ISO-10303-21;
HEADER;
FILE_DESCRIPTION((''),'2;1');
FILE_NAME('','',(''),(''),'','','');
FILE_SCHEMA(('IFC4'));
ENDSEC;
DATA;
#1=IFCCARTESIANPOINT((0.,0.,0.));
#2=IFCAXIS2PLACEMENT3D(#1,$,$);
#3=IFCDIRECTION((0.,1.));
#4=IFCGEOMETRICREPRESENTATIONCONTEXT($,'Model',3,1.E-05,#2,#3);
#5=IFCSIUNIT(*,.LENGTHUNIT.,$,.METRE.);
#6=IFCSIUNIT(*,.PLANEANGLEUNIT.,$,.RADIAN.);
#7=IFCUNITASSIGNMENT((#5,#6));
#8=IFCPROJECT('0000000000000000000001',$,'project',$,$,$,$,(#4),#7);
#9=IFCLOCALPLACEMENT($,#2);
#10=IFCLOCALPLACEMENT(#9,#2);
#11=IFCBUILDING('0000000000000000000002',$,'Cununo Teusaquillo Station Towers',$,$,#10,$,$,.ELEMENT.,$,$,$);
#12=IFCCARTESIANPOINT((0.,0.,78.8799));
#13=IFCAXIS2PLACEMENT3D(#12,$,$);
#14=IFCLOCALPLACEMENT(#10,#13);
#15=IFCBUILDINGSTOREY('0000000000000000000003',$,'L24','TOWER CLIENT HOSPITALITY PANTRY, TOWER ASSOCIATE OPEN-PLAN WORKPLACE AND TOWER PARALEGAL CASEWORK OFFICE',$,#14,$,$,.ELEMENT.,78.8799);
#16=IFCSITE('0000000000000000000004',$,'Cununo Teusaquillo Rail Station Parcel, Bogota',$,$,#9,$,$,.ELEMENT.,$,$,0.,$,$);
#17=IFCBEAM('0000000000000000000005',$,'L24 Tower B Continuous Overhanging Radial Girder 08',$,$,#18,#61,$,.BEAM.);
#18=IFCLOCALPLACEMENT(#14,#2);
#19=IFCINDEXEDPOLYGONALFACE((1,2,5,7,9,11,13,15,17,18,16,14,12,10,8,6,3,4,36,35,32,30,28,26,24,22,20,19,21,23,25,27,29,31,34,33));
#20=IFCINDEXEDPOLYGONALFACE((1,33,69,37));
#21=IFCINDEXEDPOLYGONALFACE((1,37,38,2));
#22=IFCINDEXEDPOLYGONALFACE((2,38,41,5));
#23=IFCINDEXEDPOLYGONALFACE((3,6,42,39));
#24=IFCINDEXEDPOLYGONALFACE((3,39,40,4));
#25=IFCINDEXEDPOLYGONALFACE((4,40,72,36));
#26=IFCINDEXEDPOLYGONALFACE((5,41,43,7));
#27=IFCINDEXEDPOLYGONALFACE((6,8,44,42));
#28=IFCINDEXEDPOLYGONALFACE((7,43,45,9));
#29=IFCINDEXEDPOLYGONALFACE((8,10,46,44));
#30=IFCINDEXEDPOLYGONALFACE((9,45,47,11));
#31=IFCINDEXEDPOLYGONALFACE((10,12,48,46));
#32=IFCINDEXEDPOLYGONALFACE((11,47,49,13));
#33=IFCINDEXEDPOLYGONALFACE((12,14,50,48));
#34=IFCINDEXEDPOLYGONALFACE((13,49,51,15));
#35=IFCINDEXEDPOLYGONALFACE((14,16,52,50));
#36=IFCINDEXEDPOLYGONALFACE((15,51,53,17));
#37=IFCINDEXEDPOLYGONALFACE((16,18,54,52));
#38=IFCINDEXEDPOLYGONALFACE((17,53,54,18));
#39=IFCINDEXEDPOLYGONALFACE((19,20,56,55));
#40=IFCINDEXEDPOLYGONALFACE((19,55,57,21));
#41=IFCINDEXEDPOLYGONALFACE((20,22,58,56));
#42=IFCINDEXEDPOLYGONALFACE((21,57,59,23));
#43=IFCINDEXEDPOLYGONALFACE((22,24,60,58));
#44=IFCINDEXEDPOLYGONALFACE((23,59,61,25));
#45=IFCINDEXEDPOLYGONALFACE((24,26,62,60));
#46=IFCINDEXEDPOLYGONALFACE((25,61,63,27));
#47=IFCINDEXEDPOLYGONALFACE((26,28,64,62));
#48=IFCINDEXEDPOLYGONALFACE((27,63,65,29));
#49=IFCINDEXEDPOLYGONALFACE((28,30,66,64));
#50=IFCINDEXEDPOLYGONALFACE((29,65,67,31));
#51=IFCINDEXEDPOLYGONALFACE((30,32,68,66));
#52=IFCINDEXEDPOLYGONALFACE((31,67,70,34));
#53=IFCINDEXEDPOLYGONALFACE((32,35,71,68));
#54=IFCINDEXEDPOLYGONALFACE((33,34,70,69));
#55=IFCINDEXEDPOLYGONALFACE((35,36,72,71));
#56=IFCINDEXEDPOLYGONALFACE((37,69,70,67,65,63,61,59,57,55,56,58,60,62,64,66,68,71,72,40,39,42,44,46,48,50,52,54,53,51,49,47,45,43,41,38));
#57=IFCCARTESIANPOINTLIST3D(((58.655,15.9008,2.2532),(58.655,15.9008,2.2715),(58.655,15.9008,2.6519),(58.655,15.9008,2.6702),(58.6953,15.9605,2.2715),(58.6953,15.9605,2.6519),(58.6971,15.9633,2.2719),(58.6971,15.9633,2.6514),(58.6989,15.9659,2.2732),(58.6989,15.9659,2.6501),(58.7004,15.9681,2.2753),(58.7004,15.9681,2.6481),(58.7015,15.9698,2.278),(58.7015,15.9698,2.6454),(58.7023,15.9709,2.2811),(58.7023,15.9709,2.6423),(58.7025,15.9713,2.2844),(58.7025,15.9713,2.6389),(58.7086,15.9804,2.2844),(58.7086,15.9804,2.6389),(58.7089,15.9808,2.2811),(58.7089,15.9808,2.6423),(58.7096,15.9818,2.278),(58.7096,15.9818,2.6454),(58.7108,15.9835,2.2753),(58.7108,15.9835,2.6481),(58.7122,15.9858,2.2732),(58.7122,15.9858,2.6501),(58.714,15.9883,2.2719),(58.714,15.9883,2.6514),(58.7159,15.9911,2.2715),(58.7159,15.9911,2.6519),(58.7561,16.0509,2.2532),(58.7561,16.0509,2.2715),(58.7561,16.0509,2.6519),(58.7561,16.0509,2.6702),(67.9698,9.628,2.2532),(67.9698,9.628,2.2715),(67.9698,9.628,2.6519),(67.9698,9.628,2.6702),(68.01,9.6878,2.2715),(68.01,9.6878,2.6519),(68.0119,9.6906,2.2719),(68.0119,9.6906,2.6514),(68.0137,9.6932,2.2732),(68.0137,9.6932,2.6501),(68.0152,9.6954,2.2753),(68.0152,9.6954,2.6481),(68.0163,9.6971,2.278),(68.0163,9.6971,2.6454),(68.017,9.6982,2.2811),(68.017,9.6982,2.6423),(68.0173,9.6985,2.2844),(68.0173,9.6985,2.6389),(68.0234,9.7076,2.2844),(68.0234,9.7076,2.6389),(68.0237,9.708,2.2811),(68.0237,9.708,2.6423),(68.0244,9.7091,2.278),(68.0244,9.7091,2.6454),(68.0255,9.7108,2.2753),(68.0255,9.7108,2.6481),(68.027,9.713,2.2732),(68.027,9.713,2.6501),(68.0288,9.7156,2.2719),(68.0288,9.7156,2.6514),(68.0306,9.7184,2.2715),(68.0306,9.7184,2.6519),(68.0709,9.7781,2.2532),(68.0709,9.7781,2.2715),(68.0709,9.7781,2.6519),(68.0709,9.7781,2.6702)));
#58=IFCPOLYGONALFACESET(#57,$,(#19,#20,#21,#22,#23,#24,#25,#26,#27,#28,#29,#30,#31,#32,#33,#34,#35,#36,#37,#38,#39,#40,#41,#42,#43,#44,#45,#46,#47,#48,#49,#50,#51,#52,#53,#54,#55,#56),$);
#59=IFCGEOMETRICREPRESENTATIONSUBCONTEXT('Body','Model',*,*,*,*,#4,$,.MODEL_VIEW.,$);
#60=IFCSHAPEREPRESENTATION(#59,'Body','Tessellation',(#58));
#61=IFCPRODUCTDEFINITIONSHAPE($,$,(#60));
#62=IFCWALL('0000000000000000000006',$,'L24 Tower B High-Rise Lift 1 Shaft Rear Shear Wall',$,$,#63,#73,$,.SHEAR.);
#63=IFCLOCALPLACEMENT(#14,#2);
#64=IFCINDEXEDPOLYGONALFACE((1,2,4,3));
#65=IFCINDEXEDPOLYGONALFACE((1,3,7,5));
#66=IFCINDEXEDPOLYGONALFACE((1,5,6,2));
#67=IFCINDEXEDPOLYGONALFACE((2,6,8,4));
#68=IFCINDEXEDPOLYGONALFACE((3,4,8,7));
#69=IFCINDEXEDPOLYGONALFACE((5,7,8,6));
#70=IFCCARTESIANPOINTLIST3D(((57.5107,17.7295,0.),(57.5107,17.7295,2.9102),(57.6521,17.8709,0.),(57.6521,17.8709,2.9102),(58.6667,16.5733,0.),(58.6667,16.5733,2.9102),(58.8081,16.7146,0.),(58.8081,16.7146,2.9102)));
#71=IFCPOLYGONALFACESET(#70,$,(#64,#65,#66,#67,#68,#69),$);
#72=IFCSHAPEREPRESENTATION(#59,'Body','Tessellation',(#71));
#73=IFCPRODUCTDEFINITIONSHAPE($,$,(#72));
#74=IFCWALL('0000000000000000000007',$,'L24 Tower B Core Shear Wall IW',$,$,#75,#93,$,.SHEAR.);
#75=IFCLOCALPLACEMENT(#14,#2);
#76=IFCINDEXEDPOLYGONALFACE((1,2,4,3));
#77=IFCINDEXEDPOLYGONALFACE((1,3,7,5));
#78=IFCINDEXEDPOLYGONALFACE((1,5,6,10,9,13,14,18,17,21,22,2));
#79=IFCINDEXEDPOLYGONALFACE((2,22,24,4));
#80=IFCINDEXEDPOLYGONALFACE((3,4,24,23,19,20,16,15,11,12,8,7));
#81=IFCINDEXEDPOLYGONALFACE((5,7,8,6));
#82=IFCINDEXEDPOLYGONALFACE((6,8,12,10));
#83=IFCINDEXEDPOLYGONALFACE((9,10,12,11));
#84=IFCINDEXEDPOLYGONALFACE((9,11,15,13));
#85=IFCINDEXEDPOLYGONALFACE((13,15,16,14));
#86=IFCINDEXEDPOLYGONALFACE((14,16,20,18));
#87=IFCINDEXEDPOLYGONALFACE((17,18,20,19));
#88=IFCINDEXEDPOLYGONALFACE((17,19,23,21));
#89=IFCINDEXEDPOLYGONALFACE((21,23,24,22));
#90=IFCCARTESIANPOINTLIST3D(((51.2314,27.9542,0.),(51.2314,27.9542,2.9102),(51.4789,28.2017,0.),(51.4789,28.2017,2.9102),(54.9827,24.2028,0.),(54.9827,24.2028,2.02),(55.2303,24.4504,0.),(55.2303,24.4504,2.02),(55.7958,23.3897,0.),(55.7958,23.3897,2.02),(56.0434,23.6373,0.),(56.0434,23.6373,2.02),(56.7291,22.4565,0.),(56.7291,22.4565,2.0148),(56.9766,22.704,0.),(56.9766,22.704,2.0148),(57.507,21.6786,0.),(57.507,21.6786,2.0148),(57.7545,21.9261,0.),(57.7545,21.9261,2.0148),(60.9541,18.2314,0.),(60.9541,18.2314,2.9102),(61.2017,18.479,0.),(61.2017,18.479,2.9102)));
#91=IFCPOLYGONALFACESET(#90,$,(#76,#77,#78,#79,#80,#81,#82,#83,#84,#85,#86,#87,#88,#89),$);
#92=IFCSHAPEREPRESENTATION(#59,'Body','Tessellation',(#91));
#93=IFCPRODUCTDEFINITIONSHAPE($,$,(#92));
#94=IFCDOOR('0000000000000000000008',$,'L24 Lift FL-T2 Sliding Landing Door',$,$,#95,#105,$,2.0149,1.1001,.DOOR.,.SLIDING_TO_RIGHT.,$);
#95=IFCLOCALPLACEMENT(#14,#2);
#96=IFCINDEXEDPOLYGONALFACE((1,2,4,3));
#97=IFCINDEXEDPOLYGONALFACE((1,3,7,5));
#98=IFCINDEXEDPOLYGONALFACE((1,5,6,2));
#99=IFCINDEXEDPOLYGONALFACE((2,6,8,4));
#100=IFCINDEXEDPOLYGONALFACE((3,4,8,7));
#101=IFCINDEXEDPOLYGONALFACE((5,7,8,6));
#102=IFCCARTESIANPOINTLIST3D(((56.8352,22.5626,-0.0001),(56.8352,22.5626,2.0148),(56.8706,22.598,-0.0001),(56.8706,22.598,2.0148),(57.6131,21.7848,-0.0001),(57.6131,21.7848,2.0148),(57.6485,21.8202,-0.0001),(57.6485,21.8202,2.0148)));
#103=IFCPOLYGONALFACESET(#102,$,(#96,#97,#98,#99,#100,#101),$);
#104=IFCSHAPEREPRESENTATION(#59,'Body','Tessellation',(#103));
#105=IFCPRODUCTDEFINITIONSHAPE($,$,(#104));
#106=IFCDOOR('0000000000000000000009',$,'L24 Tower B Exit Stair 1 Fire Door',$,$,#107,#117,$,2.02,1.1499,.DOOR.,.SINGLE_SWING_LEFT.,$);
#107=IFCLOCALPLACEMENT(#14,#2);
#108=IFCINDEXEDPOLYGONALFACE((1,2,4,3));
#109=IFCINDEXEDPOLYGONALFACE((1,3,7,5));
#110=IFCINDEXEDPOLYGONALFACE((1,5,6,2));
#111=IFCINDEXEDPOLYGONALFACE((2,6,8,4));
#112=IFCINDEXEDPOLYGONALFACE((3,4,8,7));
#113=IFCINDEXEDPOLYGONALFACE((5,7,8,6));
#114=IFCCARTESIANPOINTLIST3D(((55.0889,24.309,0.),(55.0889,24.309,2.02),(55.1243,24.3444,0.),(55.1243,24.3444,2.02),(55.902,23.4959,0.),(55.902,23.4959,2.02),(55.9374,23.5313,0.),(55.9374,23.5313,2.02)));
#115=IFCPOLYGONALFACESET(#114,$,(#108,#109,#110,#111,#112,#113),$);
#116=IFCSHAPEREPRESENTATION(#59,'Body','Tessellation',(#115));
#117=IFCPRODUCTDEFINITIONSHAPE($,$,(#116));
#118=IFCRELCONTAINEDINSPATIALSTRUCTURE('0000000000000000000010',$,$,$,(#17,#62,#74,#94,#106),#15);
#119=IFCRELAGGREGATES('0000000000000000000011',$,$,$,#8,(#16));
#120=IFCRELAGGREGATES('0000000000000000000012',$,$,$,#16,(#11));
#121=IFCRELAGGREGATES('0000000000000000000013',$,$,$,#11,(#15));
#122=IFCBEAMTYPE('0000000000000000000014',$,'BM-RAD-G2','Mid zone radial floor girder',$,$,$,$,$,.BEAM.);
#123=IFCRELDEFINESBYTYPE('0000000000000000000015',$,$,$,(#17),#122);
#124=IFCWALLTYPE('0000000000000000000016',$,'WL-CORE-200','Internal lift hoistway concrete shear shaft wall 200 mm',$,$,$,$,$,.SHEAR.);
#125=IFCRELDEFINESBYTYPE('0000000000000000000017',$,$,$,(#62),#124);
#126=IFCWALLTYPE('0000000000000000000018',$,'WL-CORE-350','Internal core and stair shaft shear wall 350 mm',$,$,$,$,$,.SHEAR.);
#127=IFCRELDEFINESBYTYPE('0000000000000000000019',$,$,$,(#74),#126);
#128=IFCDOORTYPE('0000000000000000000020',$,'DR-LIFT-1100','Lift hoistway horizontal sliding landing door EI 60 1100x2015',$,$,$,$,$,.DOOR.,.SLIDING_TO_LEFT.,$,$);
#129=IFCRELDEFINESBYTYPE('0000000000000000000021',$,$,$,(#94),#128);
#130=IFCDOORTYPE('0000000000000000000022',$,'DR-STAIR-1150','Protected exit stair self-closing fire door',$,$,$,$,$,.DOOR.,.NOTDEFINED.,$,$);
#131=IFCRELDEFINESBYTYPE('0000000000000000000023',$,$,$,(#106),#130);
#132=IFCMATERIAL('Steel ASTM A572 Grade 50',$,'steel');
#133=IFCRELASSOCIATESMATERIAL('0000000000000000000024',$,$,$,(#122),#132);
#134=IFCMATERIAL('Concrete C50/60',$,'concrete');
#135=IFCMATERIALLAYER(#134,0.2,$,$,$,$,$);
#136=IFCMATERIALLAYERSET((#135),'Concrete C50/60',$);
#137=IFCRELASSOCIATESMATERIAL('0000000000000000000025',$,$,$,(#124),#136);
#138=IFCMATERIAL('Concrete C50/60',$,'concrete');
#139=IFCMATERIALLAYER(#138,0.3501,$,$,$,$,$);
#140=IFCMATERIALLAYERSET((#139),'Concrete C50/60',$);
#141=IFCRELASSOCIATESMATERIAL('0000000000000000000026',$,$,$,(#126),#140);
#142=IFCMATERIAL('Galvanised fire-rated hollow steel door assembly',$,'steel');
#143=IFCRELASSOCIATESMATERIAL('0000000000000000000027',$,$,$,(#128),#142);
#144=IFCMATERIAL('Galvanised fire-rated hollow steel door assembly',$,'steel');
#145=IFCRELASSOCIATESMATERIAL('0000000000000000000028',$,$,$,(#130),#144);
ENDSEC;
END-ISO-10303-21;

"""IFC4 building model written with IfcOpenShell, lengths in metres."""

from ifc_helpers import new_model, si_unit, direction, frame, frame_2d, origin, origin_2d, place, context, subcontext, project, spatial, rectangle, i_section, extrude, source, transform, mapped, material, layer, layer_set, material_profile, profile_set, type_object, element, fill, save


model = new_model("IFC4")

# Units and contexts
model_context = context("Model", 3, precision=1e-05, world=origin(), true_north=direction((0.0, 1.0)))
body_context = subcontext(model_context, "Body", "Model", "MODEL_VIEW")
ifc_project = project(units=[si_unit("LENGTHUNIT", "METRE"), si_unit("PLANEANGLEUNIT", "RADIAN")], contexts=[model_context])

# Site, building, storey
site_placement = place(None, origin())
site = spatial("IfcSite", under=ifc_project, at=site_placement, Name="Cununo Teusaquillo Rail Station Parcel, Bogota", CompositionType="ELEMENT", RefElevation=0.0)
building_placement = place(site_placement, origin())
building = spatial("IfcBuilding", under=site, at=building_placement, Name="Cununo Teusaquillo Station Towers", CompositionType="ELEMENT")
storey_placement = place(building_placement, frame((0.0, 0.0, 78.8799)))
storey = spatial("IfcBuildingStorey", under=building, at=storey_placement, Name="L24", Description="TOWER CLIENT HOSPITALITY PANTRY, TOWER ASSOCIATE OPEN-PLAN WORKPLACE AND TOWER PARALEGAL CASEWORK OFFICE", CompositionType="ELEMENT", Elevation=78.8799)

# Beam
ifc_material_1 = material(Name="Steel ASTM A572 Grade 50", Category="steel")
ifc_material_profile_1 = material_profile(ifc_material_1, i_section(OverallWidth=0.1809, OverallDepth=0.417, WebThickness=0.011, FlangeThickness=0.0183, FilletRadius=0.0129, at=origin_2d()), Name="W16X57")
ifc_profile_set_1 = profile_set([ifc_material_profile_1], Name="Steel ASTM A572 Grade 50")
beam_type_1 = type_object("IfcBeamType", Name="BM-RAD-G2", Description="Mid zone radial floor girder", PredefinedType="BEAM", material=ifc_profile_set_1)
beam_1_placement = place(storey_placement, frame((58.7056, 15.9758, 2.4617), z_axis=(0.829456, -0.558572, 0.0), x_axis=(0.558572, 0.829456, 0.0)))
element("IfcBeam", 1, at=beam_1_placement, inside=storey, type_object=beam_type_1, Name="L24 Tower B Continuous Overhanging Radial Girder 08", PredefinedType="BEAM", context=body_context, shape_type="SweptSolid", body=[
    extrude(i_section(OverallWidth=0.1809, OverallDepth=0.417, WebThickness=0.011, FlangeThickness=0.0183, FilletRadius=0.0129, at=origin_2d()), origin(), (0.0, 0.0, 1.0), 11.23),
])

# Wall
ifc_material_2 = material(Name="Concrete C50/60", Category="concrete")
ifc_layer_1 = layer(ifc_material_2, 0.2)
ifc_layer_set_1 = layer_set([ifc_layer_1], Name="Concrete C50/60")
wall_type_1 = type_object("IfcWallType", Name="WL-CORE-200", Description="Internal lift hoistway concrete shear shaft wall 200 mm", PredefinedType="SHEAR", material=ifc_layer_set_1)
wall_1_placement = place(storey_placement, frame((58.7373, 16.644, 0.0), z_axis=(0.0, 0.0, 1.0), x_axis=(-0.707032, 0.707181, 0.0)))
element("IfcWall", 2, at=wall_1_placement, inside=storey, type_object=wall_type_1, Name="L24 Tower B High-Rise Lift 1 Shaft Rear Shear Wall", PredefinedType="SHEAR", context=body_context, shape_type="SweptSolid", body=[
    extrude(rectangle(XDim=1.635, YDim=0.2, at=frame_2d((0.8174, 0.0))), origin(), (0.0, 0.0, 1.0), 2.9102),
])

# Wall, openings, doors
ifc_material_3 = material(Name="Concrete C50/60", Category="concrete")
ifc_layer_2 = layer(ifc_material_3, 0.3501)
ifc_layer_set_2 = layer_set([ifc_layer_2], Name="Concrete C50/60")
wall_type_2 = type_object("IfcWallType", Name="WL-CORE-350", Description="Internal core and stair shaft shear wall 350 mm", PredefinedType="SHEAR", material=ifc_layer_set_2)
wall_2_placement = place(storey_placement, frame((61.0779, 18.3552, 0.0), z_axis=(0.0, 0.0, 1.0), x_axis=(-0.707107, 0.707107, 0.0)))
wall_2 = element("IfcWall", 3, at=wall_2_placement, inside=storey, type_object=wall_type_2, Name="L24 Tower B Core Shear Wall IW", PredefinedType="SHEAR", context=body_context, shape_type="SweptSolid", body=[
    extrude(rectangle(XDim=13.75, YDim=0.3501, at=frame_2d((6.875, 0.0))), origin(), (0.0, 0.0, 1.0), 2.9102),
])
shared_shape_1 = source(origin(), body_context, "Body", "SweptSolid", [
    extrude(rectangle(XDim=1.1001, YDim=2.0149, at=frame_2d((0.55, 1.0073))), frame((0.0, 0.1851, 0.0), z_axis=(0.0, -1.0, 0.0), x_axis=(1.0, 0.0, 0.0)), (0.0, 0.0, 1.0), 0.3701),
])
opening_1_placement = place(wall_2_placement, frame((4.875, 0.0, 0.0)))
opening_1 = element("IfcOpeningElement", 4, at=opening_1_placement, cuts=wall_2, PredefinedType="OPENING", context=body_context, shape_type="MappedRepresentation", body=[
    mapped(shared_shape_1, transform((0.0, 0.0, 0.0), x_axis=(1.0, 0.0, 0.0), y_axis=(0.0, 1.0, 0.0), z_axis=(0.0, 0.0, 1.0), scale=1.0)),
])
shared_shape_2 = source(origin(), body_context, "Body", "SweptSolid", [
    extrude(rectangle(XDim=1.1499, YDim=2.02, at=frame_2d((0.575, 1.01))), frame((0.0, 0.1851, 0.0), z_axis=(0.0, -1.0, 0.0), x_axis=(1.0, 0.0, 0.0)), (0.0, 0.0, 1.0), 0.3701),
])
opening_2_placement = place(wall_2_placement, frame((7.2949, 0.0, 0.0)))
opening_2 = element("IfcOpeningElement", 5, at=opening_2_placement, cuts=wall_2, PredefinedType="OPENING", context=body_context, shape_type="MappedRepresentation", body=[
    mapped(shared_shape_2, transform((0.0, 0.0, 0.0), x_axis=(1.0, 0.0, 0.0), y_axis=(0.0, 1.0, 0.0), z_axis=(0.0, 0.0, 1.0), scale=1.0)),
])
ifc_material_4 = material(Name="Galvanised fire-rated hollow steel door assembly", Category="steel")
door_type_1 = type_object("IfcDoorType", Name="DR-LIFT-1100", Description="Lift hoistway horizontal sliding landing door EI 60 1100x2015", OperationType="SLIDING_TO_LEFT", PredefinedType="DOOR", material=ifc_material_4)
shared_shape_3 = source(origin(), body_context, "Body", "SweptSolid", [
    extrude(rectangle(XDim=1.1001, YDim=2.0149, at=frame_2d((0.55, 1.0073))), frame((0.0, 0.0249, 0.0), z_axis=(0.0, -1.0, 0.0), x_axis=(1.0, 0.0, 0.0)), (0.0, 0.0, 1.0), 0.05),
])
door_1_placement = place(opening_1_placement, origin())
door_1 = element("IfcDoor", 6, at=door_1_placement, inside=storey, type_object=door_type_1, Name="L24 Lift FL-T2 Sliding Landing Door", OperationType="SLIDING_TO_RIGHT", OverallHeight=2.0149, OverallWidth=1.1001, PredefinedType="DOOR", context=body_context, shape_type="MappedRepresentation", body=[
    mapped(shared_shape_3, transform((0.0, 0.0, 0.0), x_axis=(1.0, 0.0, 0.0), y_axis=(0.0, 1.0, 0.0), z_axis=(0.0, 0.0, 1.0), scale=1.0)),
])
fill(opening_1, door_1)
ifc_material_5 = material(Name="Galvanised fire-rated hollow steel door assembly", Category="steel")
door_type_2 = type_object("IfcDoorType", Name="DR-STAIR-1150", Description="Protected exit stair self-closing fire door", OperationType="NOTDEFINED", PredefinedType="DOOR", material=ifc_material_5)
shared_shape_4 = source(origin(), body_context, "Body", "SweptSolid", [
    extrude(rectangle(XDim=1.1499, YDim=2.02, at=frame_2d((0.575, 1.01))), frame((0.0, 0.0249, 0.0), z_axis=(0.0, -1.0, 0.0), x_axis=(1.0, 0.0, 0.0)), (0.0, 0.0, 1.0), 0.05),
])
door_2_placement = place(opening_2_placement, origin())
door_2 = element("IfcDoor", 7, at=door_2_placement, inside=storey, type_object=door_type_2, Name="L24 Tower B Exit Stair 1 Fire Door", OperationType="SINGLE_SWING_LEFT", OverallHeight=2.02, OverallWidth=1.1499, PredefinedType="DOOR", context=body_context, shape_type="MappedRepresentation", body=[
    mapped(shared_shape_4, transform((0.0, 0.0, 0.0), x_axis=(1.0, 0.0, 0.0), y_axis=(0.0, 1.0, 0.0), z_axis=(0.0, 0.0, 1.0), scale=1.0)),
])
fill(opening_2, door_2)

save(model, "model.ifc")
